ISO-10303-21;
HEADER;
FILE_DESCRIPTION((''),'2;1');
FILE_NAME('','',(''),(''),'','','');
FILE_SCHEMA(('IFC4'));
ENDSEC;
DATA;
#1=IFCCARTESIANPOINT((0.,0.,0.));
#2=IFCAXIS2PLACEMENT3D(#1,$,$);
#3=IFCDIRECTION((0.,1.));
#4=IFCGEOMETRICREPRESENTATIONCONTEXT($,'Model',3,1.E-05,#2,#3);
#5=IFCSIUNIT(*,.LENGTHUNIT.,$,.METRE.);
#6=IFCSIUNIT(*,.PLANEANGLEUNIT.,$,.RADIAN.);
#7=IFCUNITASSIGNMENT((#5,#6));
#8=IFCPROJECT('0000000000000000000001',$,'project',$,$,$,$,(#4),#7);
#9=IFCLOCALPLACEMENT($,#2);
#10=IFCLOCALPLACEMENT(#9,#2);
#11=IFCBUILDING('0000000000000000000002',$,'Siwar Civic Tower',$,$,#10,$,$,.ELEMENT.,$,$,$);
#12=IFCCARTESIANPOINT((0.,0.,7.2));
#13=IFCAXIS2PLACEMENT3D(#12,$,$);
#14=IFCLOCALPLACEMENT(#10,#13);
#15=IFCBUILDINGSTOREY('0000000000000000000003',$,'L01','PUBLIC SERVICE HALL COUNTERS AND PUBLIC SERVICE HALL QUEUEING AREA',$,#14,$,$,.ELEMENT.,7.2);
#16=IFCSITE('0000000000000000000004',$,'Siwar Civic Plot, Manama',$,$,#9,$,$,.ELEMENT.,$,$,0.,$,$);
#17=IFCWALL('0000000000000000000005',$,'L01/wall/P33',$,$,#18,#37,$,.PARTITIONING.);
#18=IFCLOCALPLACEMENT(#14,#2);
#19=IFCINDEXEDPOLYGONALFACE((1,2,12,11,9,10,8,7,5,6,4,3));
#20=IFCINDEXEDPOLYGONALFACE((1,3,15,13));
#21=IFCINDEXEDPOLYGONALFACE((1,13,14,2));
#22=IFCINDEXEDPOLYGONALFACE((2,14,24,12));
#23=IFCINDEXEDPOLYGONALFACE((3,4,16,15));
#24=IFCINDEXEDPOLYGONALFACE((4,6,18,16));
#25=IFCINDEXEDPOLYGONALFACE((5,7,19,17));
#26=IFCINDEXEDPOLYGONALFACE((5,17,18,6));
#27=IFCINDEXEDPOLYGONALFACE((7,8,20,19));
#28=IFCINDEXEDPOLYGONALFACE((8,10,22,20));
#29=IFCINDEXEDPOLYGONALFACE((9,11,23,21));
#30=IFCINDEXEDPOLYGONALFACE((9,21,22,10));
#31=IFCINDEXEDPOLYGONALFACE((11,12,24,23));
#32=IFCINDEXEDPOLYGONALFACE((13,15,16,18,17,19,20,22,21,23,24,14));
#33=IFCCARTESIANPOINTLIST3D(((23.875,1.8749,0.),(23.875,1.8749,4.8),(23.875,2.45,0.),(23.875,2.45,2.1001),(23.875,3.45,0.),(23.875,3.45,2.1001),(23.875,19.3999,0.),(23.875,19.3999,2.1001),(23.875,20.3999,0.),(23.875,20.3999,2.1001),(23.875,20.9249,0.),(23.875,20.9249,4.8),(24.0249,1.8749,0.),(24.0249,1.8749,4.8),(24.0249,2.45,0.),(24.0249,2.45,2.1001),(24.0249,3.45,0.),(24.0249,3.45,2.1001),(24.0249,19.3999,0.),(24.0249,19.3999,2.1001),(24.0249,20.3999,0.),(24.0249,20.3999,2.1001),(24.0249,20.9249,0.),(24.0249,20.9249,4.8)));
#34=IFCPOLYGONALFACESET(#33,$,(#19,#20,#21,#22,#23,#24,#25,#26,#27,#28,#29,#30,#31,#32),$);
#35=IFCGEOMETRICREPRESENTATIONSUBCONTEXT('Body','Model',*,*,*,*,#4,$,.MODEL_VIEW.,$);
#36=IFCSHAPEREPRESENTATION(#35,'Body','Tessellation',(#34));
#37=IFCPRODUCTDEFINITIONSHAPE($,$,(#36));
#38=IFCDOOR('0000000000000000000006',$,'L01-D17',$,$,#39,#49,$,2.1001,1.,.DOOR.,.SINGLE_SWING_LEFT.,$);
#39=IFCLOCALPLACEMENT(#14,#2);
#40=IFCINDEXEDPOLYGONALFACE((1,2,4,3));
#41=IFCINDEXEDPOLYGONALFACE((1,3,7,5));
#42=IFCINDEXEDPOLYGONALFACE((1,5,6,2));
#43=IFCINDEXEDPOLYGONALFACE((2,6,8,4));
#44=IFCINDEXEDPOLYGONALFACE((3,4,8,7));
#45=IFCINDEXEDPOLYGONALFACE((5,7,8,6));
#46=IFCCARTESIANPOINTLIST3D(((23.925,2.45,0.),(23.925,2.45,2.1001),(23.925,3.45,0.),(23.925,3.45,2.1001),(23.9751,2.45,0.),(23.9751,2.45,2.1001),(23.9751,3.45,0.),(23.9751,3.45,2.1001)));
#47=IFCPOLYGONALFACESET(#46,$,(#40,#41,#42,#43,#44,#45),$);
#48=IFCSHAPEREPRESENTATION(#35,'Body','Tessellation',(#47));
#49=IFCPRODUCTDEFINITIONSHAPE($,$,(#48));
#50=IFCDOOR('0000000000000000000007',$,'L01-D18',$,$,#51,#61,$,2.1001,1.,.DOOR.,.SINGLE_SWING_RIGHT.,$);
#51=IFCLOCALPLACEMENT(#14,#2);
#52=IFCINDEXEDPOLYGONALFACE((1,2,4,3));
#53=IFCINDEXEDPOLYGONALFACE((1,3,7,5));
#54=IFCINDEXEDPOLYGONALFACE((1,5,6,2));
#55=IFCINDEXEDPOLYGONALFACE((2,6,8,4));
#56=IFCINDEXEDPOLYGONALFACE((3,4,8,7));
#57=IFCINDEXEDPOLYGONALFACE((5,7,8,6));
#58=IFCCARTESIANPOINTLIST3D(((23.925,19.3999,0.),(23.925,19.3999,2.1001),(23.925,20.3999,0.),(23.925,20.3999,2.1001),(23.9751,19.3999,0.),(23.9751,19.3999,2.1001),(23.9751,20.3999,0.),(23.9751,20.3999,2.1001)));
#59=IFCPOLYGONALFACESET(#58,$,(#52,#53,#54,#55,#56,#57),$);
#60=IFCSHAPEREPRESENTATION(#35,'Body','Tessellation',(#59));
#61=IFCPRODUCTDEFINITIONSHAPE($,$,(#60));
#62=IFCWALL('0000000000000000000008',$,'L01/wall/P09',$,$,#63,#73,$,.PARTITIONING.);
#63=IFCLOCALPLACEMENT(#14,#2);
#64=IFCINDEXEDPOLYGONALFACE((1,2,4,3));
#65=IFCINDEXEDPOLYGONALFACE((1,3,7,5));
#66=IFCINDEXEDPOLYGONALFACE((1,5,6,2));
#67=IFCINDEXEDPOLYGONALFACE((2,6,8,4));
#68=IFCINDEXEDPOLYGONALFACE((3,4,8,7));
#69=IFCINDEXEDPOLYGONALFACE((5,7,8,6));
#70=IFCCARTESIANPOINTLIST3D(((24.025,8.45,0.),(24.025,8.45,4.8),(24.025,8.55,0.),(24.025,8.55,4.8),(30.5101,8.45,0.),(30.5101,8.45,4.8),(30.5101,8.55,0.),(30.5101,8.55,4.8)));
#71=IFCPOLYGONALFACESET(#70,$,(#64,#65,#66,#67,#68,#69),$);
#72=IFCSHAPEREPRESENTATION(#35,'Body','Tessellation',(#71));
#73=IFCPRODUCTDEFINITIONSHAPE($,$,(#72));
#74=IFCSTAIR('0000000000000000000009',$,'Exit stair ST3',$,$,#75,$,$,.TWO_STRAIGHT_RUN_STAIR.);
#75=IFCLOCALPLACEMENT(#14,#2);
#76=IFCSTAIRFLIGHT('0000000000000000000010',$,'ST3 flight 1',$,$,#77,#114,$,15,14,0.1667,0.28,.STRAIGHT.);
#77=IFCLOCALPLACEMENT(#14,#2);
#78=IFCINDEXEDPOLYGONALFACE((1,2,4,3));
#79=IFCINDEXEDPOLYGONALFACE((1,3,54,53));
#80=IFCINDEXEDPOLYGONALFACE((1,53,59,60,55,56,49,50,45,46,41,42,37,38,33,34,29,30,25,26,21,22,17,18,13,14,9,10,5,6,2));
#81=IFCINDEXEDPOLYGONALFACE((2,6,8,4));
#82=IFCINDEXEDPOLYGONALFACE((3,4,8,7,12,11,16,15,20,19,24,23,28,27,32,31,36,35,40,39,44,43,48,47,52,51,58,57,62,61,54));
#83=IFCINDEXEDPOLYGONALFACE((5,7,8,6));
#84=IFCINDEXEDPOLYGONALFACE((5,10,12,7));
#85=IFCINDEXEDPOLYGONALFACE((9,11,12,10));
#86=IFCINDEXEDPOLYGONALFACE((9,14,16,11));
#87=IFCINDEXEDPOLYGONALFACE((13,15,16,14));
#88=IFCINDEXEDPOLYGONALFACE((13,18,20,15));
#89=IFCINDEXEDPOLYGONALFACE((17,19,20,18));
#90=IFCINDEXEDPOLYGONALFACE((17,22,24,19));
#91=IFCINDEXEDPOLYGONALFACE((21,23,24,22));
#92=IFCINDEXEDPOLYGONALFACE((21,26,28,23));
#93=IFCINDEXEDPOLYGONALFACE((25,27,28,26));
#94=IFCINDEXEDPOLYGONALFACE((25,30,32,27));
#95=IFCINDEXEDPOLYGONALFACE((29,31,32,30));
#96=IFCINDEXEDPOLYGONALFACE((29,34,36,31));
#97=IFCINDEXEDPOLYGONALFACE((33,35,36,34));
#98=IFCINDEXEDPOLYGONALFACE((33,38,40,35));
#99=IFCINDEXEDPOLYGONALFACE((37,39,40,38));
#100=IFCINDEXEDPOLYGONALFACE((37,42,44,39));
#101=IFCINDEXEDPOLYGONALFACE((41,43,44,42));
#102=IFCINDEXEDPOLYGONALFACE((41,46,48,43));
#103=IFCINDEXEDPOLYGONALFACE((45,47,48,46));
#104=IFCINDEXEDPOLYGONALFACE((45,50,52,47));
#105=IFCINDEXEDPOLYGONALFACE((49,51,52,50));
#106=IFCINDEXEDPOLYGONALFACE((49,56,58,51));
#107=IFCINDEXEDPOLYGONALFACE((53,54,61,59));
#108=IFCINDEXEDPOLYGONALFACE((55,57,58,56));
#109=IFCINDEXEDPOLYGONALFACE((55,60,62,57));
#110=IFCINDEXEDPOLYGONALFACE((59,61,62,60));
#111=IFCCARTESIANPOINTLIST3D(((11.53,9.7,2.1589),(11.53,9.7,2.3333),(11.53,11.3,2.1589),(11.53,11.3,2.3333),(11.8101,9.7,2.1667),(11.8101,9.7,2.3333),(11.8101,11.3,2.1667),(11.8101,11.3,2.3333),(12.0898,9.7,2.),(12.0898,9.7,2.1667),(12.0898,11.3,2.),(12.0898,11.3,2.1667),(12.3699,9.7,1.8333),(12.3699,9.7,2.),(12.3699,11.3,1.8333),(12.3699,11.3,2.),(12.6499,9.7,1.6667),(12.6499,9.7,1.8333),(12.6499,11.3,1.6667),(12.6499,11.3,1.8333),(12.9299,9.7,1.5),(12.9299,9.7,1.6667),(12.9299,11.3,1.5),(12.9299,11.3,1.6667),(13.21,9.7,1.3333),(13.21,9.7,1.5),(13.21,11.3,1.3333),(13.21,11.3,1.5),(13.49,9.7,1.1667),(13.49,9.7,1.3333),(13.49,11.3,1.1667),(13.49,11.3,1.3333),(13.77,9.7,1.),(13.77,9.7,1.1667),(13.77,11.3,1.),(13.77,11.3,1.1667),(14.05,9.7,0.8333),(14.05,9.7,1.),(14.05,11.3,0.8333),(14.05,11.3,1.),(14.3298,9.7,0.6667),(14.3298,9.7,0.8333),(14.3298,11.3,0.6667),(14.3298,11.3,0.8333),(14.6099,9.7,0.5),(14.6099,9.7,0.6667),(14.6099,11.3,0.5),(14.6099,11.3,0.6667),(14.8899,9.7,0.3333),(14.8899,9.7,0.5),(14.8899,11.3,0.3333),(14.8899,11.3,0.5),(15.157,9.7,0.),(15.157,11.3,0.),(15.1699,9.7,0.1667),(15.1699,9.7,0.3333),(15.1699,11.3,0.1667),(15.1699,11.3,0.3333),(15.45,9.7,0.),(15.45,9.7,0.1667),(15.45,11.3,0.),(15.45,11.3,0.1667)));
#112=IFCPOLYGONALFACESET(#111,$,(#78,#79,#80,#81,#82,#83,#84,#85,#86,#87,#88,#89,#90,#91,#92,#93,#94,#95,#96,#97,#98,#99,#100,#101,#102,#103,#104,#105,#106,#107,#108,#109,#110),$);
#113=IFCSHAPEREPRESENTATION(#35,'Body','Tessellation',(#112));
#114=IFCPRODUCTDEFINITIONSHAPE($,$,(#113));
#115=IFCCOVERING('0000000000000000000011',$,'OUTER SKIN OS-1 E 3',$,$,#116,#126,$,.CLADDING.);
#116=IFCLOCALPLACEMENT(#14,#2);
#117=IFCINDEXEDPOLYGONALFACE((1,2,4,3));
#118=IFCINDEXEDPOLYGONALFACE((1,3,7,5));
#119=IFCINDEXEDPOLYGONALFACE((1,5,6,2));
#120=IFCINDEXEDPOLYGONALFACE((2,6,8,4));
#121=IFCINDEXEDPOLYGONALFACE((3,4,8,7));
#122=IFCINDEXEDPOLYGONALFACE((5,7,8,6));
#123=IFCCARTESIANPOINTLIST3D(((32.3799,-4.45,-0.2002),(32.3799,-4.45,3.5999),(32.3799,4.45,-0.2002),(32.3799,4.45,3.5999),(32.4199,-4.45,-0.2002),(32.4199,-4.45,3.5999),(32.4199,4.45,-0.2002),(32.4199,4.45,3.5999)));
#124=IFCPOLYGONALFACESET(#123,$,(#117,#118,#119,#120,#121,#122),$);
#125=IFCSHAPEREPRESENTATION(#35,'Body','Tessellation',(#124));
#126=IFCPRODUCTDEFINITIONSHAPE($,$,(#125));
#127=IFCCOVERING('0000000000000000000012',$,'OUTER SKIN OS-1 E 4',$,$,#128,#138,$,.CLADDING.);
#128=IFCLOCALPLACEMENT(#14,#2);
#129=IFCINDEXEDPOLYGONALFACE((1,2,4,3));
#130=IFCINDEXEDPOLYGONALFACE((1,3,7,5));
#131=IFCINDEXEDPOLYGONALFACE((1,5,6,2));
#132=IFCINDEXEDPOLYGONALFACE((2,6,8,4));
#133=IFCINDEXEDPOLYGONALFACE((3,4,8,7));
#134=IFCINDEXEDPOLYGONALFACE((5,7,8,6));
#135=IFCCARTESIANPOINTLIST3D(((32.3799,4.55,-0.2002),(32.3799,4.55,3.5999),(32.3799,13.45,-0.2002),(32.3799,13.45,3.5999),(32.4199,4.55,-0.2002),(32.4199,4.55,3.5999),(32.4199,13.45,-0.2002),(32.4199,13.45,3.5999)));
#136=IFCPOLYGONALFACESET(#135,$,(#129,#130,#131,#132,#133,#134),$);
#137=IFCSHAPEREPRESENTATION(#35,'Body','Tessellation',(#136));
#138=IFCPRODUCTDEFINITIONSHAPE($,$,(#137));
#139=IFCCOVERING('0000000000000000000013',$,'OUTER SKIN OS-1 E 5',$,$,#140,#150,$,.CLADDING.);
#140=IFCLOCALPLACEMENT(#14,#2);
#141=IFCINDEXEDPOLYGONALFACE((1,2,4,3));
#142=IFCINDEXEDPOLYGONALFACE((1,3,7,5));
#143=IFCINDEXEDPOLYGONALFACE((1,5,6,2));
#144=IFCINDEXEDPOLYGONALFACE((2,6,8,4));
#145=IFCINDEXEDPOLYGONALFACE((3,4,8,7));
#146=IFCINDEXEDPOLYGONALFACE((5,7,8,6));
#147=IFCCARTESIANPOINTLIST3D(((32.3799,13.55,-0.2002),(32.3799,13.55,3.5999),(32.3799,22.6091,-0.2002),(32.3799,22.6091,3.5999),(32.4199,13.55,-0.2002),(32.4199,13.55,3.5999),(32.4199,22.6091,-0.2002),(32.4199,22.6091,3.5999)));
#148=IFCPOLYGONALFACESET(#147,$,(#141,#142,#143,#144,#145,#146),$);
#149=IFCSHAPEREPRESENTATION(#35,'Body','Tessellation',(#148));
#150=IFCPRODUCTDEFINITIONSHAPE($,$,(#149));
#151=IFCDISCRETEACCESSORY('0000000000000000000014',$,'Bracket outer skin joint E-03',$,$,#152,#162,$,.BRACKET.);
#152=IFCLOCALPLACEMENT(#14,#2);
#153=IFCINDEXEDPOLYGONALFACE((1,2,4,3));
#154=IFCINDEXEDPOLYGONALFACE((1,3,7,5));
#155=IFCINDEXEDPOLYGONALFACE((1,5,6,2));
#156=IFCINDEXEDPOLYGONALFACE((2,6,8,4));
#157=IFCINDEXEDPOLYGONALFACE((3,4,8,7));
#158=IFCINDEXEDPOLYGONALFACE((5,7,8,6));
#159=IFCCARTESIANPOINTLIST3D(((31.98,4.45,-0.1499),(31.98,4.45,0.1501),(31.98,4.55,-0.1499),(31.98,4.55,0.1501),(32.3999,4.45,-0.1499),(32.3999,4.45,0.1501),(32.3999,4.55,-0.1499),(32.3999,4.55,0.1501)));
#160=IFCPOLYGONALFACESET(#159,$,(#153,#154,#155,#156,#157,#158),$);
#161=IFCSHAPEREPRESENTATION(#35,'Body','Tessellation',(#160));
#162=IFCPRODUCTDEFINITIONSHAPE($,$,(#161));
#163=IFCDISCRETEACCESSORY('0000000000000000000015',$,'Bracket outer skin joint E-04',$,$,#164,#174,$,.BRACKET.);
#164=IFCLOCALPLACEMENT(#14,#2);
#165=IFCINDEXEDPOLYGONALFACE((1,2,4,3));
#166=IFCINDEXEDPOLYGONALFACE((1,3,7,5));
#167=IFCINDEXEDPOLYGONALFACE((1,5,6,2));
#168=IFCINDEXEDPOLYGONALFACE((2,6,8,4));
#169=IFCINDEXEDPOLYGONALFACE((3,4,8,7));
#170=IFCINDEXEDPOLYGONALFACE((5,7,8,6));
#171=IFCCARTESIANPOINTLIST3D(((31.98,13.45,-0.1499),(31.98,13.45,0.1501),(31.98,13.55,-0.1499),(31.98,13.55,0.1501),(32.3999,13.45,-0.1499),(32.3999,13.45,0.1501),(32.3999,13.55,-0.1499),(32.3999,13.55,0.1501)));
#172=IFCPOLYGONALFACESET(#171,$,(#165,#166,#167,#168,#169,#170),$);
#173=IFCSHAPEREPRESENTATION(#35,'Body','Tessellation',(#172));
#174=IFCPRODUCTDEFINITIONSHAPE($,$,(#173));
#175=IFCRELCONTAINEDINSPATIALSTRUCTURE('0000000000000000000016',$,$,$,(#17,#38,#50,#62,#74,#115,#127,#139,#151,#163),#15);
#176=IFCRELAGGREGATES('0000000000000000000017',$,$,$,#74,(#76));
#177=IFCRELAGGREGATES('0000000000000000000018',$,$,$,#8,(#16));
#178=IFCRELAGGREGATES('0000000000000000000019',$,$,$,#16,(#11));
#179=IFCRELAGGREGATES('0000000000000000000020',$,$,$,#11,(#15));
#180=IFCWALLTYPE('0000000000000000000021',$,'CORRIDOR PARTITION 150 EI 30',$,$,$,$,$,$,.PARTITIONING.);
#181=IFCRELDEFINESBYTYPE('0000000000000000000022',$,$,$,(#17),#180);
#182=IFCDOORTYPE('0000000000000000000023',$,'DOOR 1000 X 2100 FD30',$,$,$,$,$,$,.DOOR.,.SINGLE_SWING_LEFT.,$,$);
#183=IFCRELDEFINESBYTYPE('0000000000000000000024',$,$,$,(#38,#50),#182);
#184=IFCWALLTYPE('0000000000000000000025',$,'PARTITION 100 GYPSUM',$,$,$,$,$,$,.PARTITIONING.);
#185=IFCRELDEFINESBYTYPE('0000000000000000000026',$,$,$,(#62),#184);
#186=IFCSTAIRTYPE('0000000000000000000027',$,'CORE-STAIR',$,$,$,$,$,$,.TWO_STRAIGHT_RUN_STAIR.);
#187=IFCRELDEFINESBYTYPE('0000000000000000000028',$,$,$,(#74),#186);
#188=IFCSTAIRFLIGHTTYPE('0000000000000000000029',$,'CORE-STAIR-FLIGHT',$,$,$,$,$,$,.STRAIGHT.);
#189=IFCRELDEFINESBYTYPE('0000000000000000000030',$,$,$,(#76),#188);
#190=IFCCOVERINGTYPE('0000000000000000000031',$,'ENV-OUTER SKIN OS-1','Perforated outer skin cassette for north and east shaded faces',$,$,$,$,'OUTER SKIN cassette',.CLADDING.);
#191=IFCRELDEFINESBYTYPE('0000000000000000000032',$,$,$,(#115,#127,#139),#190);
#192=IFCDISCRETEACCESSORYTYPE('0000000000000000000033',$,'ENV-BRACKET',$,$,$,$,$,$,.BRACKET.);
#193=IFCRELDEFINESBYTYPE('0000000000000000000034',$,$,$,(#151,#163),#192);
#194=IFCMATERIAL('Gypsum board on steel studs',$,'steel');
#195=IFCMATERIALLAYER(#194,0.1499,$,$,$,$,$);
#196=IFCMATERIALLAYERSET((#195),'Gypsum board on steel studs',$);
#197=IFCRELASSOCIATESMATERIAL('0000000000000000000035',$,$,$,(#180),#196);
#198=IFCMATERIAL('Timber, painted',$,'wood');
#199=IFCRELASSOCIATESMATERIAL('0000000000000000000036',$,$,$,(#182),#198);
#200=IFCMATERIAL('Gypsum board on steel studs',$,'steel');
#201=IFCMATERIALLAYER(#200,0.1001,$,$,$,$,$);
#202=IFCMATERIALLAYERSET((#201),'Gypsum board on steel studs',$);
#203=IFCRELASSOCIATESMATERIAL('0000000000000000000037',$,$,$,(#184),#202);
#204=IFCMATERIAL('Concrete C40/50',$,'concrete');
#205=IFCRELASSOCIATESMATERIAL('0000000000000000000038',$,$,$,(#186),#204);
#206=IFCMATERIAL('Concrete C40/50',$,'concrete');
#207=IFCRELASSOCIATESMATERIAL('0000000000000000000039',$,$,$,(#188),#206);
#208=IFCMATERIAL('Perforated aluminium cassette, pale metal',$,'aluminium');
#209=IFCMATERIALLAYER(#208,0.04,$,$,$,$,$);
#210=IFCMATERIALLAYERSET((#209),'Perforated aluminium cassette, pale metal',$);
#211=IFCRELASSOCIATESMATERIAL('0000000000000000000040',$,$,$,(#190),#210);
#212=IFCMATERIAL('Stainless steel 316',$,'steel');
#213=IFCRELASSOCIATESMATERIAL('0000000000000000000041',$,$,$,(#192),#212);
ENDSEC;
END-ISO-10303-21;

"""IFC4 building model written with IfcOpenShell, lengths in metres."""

from ifc_helpers import new_model, si_unit, direction, frame, frame_2d, origin, origin_2d, place, context, subcontext, project, spatial, polyline, rectangle, outline, extrude, material, layer, layer_set, type_object, element, fill, aggregate, save


model = new_model("IFC4")

# Units and contexts
model_context = context("Model", 3, precision=1e-05, world=origin(), true_north=direction((0.0, 1.0)))
body_context = subcontext(model_context, "Body", "Model", "MODEL_VIEW")
ifc_project = project(units=[si_unit("LENGTHUNIT", "METRE"), si_unit("PLANEANGLEUNIT", "RADIAN")], contexts=[model_context])

# Site, building, storey
site_placement = place(None, origin())
site = spatial("IfcSite", under=ifc_project, at=site_placement, Name="Siwar Civic Plot, Manama", CompositionType="ELEMENT", RefElevation=0.0)
building_placement = place(site_placement, origin())
building = spatial("IfcBuilding", under=site, at=building_placement, Name="Siwar Civic Tower", CompositionType="ELEMENT")
storey_placement = place(building_placement, frame((0.0, 0.0, 7.2)))
storey = spatial("IfcBuildingStorey", under=building, at=storey_placement, Name="L01", Description="PUBLIC SERVICE HALL COUNTERS AND PUBLIC SERVICE HALL QUEUEING AREA", CompositionType="ELEMENT", Elevation=7.2)

# Shared definitions
ifc_material_1 = material(Name="Gypsum board on steel studs", Category="steel")
ifc_layer_1 = layer(ifc_material_1, 0.1499)
ifc_layer_set_1 = layer_set([ifc_layer_1], Name="Gypsum board on steel studs")
wall_type_1 = type_object("IfcWallType", Name="CORRIDOR PARTITION 150 EI 30", PredefinedType="PARTITIONING", material=ifc_layer_set_1)

# Wall, openings, doors
wall_1_placement = place(storey_placement, frame((23.95, 1.875, 0.0), z_axis=(0.0, 0.0, 1.0), x_axis=(0.0, 1.0, 0.0)))
wall_1 = element("IfcWall", 1, at=wall_1_placement, inside=storey, type_object=wall_type_1, Name="L01/wall/P33", PredefinedType="PARTITIONING", context=body_context, shape_type="SweptSolid", body=[
    extrude(rectangle(XDim=19.05, YDim=0.1499, at=frame_2d((9.5249, 0.0))), origin(), (0.0, 0.0, 1.0), 4.8),
])
opening_1_placement = place(wall_1_placement, frame((0.575, 0.0, 0.0)))
opening_1 = element("IfcOpeningElement", 2, at=opening_1_placement, cuts=wall_1, PredefinedType="OPENING", context=body_context, shape_type="SweptSolid", body=[
    extrude(rectangle(XDim=1.0, YDim=2.1001, at=frame_2d((0.5, 1.05))), frame((0.0, 0.085, 0.0), z_axis=(0.0, -1.0, 0.0), x_axis=(1.0, 0.0, 0.0)), (0.0, 0.0, 1.0), 0.1699),
])
opening_2_placement = place(wall_1_placement, frame((17.5249, 0.0, 0.0)))
opening_2 = element("IfcOpeningElement", 3, at=opening_2_placement, cuts=wall_1, PredefinedType="OPENING", context=body_context, shape_type="SweptSolid", body=[
    extrude(rectangle(XDim=1.0, YDim=2.1001, at=frame_2d((0.5, 1.05))), frame((0.0, 0.085, 0.0), z_axis=(0.0, -1.0, 0.0), x_axis=(1.0, 0.0, 0.0)), (0.0, 0.0, 1.0), 0.1699),
])
ifc_material_2 = material(Name="Timber, painted", Category="wood")
door_type = type_object("IfcDoorType", Name="DOOR 1000 X 2100 FD30", OperationType="SINGLE_SWING_LEFT", PredefinedType="DOOR", material=ifc_material_2)
door_1_placement = place(opening_1_placement, origin())
door_1 = element("IfcDoor", 4, at=door_1_placement, inside=storey, type_object=door_type, Name="L01-D17", OperationType="SINGLE_SWING_LEFT", OverallHeight=2.1001, OverallWidth=1.0, PredefinedType="DOOR", context=body_context, shape_type="SweptSolid", body=[
    extrude(rectangle(XDim=1.0, YDim=2.1001, at=frame_2d((0.5, 1.05))), frame((0.0, 0.0249, 0.0), z_axis=(0.0, -1.0, 0.0), x_axis=(1.0, 0.0, 0.0)), (0.0, 0.0, 1.0), 0.05),
])
fill(opening_1, door_1)
door_2_placement = place(opening_2_placement, origin())
door_2 = element("IfcDoor", 5, at=door_2_placement, inside=storey, type_object=door_type, Name="L01-D18", OperationType="SINGLE_SWING_RIGHT", OverallHeight=2.1001, OverallWidth=1.0, PredefinedType="DOOR", context=body_context, shape_type="SweptSolid", body=[
    extrude(rectangle(XDim=1.0, YDim=2.1001, at=frame_2d((0.5, 1.05))), frame((0.0, 0.0249, 0.0), z_axis=(0.0, -1.0, 0.0), x_axis=(1.0, 0.0, 0.0)), (0.0, 0.0, 1.0), 0.05),
])
fill(opening_2, door_2)

# Wall
ifc_material_3 = material(Name="Gypsum board on steel studs", Category="steel")
ifc_layer_2 = layer(ifc_material_3, 0.1001)
ifc_layer_set_2 = layer_set([ifc_layer_2], Name="Gypsum board on steel studs")
wall_type_2 = type_object("IfcWallType", Name="PARTITION 100 GYPSUM", PredefinedType="PARTITIONING", material=ifc_layer_set_2)
wall_2_placement = place(storey_placement, frame((24.0249, 8.5, 0.0), z_axis=(0.0, 0.0, 1.0), x_axis=(1.0, 0.0, 0.0)))
element("IfcWall", 6, at=wall_2_placement, inside=storey, type_object=wall_type_2, Name="L01/wall/P09", PredefinedType="PARTITIONING", context=body_context, shape_type="SweptSolid", body=[
    extrude(rectangle(XDim=6.4851, YDim=0.1001, at=frame_2d((3.2427, 0.0))), origin(), (0.0, 0.0, 1.0), 4.8),
])

# Stair, stair flight
ifc_material_4 = material(Name="Concrete C40/50", Category="concrete")
stair_type = type_object("IfcStairType", Name="CORE-STAIR", PredefinedType="TWO_STRAIGHT_RUN_STAIR", material=ifc_material_4)
stair_placement = place(storey_placement, origin())
stair = element("IfcStair", 7, at=stair_placement, inside=storey, type_object=stair_type, Name="Exit stair ST3", PredefinedType="TWO_STRAIGHT_RUN_STAIR")
ifc_material_5 = material(Name="Concrete C40/50", Category="concrete")
stair_flight_type = type_object("IfcStairFlightType", Name="CORE-STAIR-FLIGHT", PredefinedType="STRAIGHT", material=ifc_material_5)
stair_flight_placement = place(storey_placement, frame((15.45, 10.5, 0.0), z_axis=(0.0, 0.0, 1.0), x_axis=(-1.0, 0.0, 0.0)))
stair_flight = element("IfcStairFlight", 8, at=stair_flight_placement, type_object=stair_flight_type, Name="ST3 flight 1", NumberOfRisers=15, NumberOfTreads=14, PredefinedType="STRAIGHT", RiserHeight=0.1667, TreadLength=0.28, context=body_context, shape_type="SweptSolid", body=[
    extrude(outline(polyline([(0.0, 0.0), (0.0, 0.1667), (0.28, 0.1667), (0.28, 0.3333), (0.5601, 0.3333), (0.5601, 0.5), (0.8401, 0.5), (0.8401, 0.6667), (1.1201, 0.6667), (1.1201, 0.8333), (1.3999, 0.8333), (1.3999, 1.0), (1.6799, 1.0), (1.6799, 1.1667), (1.96, 1.1667), (1.96, 1.3333), (2.24, 1.3333), (2.24, 1.5), (2.52, 1.5), (2.52, 1.6667), (2.8, 1.6667), (2.8, 1.8333), (3.0801, 1.8333), (3.0801, 2.0), (3.3601, 2.0), (3.3601, 2.1667), (3.6399, 2.1667), (3.6399, 2.3333), (3.9199, 2.3333), (3.9199, 2.5), (3.9199, 2.1589), (0.293, 0.0), (0.0, 0.0)])), frame((0.0, 0.8, 0.0), z_axis=(0.0, -1.0, 0.0), x_axis=(1.0, 0.0, 0.0)), (0.0, 0.0, 1.0), 1.6001),
])
aggregate(stair, [stair_flight])

# Coverings
ifc_material_6 = material(Name="Perforated aluminium cassette, pale metal", Category="aluminium")
ifc_layer_3 = layer(ifc_material_6, 0.04)
ifc_layer_set_3 = layer_set([ifc_layer_3], Name="Perforated aluminium cassette, pale metal")
covering_type = type_object("IfcCoveringType", Name="ENV-OUTER SKIN OS-1", Description="Perforated outer skin cassette for north and east shaded faces", ElementType="OUTER SKIN cassette", PredefinedType="CLADDING", material=ifc_layer_set_3)
for number, where, z_axis, x_axis, name in (
    (9, (32.3999, 0.0, -0.2002), (0.0, 0.0, 1.0), (0.0, 1.0, 0.0), "OUTER SKIN OS-1 E 3"),
    (10, (32.3999, 9.0, -0.2002), (0.0, 0.0, 1.0), (0.0, 1.0, 0.0), "OUTER SKIN OS-1 E 4"),
):
    element("IfcCovering", number, at=place(storey_placement, frame(where, z_axis=z_axis, x_axis=x_axis)), inside=storey, type_object=covering_type, Name=name, PredefinedType="CLADDING", context=body_context, shape_type="SweptSolid", body=[
        extrude(rectangle(XDim=8.8999, YDim=0.04, at=origin_2d()), origin(), (0.0, 0.0, 1.0), 3.8),
    ])
covering_placement = place(storey_placement, frame((32.3999, 18.0796, -0.2002), z_axis=(0.0, 0.0, 1.0), x_axis=(0.0, 1.0, 0.0)))
element("IfcCovering", 11, at=covering_placement, inside=storey, type_object=covering_type, Name="OUTER SKIN OS-1 E 5", PredefinedType="CLADDING", context=body_context, shape_type="SweptSolid", body=[
    extrude(rectangle(XDim=9.0591, YDim=0.04, at=origin_2d()), origin(), (0.0, 0.0, 1.0), 3.8),
])

# Discrete accessories
ifc_material_7 = material(Name="Stainless steel 316", Category="steel")
discrete_accessory_type = type_object("IfcDiscreteAccessoryType", Name="ENV-BRACKET", PredefinedType="BRACKET", material=ifc_material_7)
for number, where, z_axis, x_axis, name in (
    (12, (32.1899, 4.5, -0.1499), (0.0, 0.0, 1.0), (1.0, 0.0, 0.0), "Bracket outer skin joint E-03"),
    (13, (32.1899, 13.5, -0.1499), (0.0, 0.0, 1.0), (1.0, 0.0, 0.0), "Bracket outer skin joint E-04"),
):
    element("IfcDiscreteAccessory", number, at=place(storey_placement, frame(where, z_axis=z_axis, x_axis=x_axis)), inside=storey, type_object=discrete_accessory_type, Name=name, PredefinedType="BRACKET", context=body_context, shape_type="SweptSolid", body=[
        extrude(rectangle(XDim=0.4199, YDim=0.1001, at=origin_2d()), origin(), (0.0, 0.0, 1.0), 0.3),
    ])

save(model, "model.ifc")
